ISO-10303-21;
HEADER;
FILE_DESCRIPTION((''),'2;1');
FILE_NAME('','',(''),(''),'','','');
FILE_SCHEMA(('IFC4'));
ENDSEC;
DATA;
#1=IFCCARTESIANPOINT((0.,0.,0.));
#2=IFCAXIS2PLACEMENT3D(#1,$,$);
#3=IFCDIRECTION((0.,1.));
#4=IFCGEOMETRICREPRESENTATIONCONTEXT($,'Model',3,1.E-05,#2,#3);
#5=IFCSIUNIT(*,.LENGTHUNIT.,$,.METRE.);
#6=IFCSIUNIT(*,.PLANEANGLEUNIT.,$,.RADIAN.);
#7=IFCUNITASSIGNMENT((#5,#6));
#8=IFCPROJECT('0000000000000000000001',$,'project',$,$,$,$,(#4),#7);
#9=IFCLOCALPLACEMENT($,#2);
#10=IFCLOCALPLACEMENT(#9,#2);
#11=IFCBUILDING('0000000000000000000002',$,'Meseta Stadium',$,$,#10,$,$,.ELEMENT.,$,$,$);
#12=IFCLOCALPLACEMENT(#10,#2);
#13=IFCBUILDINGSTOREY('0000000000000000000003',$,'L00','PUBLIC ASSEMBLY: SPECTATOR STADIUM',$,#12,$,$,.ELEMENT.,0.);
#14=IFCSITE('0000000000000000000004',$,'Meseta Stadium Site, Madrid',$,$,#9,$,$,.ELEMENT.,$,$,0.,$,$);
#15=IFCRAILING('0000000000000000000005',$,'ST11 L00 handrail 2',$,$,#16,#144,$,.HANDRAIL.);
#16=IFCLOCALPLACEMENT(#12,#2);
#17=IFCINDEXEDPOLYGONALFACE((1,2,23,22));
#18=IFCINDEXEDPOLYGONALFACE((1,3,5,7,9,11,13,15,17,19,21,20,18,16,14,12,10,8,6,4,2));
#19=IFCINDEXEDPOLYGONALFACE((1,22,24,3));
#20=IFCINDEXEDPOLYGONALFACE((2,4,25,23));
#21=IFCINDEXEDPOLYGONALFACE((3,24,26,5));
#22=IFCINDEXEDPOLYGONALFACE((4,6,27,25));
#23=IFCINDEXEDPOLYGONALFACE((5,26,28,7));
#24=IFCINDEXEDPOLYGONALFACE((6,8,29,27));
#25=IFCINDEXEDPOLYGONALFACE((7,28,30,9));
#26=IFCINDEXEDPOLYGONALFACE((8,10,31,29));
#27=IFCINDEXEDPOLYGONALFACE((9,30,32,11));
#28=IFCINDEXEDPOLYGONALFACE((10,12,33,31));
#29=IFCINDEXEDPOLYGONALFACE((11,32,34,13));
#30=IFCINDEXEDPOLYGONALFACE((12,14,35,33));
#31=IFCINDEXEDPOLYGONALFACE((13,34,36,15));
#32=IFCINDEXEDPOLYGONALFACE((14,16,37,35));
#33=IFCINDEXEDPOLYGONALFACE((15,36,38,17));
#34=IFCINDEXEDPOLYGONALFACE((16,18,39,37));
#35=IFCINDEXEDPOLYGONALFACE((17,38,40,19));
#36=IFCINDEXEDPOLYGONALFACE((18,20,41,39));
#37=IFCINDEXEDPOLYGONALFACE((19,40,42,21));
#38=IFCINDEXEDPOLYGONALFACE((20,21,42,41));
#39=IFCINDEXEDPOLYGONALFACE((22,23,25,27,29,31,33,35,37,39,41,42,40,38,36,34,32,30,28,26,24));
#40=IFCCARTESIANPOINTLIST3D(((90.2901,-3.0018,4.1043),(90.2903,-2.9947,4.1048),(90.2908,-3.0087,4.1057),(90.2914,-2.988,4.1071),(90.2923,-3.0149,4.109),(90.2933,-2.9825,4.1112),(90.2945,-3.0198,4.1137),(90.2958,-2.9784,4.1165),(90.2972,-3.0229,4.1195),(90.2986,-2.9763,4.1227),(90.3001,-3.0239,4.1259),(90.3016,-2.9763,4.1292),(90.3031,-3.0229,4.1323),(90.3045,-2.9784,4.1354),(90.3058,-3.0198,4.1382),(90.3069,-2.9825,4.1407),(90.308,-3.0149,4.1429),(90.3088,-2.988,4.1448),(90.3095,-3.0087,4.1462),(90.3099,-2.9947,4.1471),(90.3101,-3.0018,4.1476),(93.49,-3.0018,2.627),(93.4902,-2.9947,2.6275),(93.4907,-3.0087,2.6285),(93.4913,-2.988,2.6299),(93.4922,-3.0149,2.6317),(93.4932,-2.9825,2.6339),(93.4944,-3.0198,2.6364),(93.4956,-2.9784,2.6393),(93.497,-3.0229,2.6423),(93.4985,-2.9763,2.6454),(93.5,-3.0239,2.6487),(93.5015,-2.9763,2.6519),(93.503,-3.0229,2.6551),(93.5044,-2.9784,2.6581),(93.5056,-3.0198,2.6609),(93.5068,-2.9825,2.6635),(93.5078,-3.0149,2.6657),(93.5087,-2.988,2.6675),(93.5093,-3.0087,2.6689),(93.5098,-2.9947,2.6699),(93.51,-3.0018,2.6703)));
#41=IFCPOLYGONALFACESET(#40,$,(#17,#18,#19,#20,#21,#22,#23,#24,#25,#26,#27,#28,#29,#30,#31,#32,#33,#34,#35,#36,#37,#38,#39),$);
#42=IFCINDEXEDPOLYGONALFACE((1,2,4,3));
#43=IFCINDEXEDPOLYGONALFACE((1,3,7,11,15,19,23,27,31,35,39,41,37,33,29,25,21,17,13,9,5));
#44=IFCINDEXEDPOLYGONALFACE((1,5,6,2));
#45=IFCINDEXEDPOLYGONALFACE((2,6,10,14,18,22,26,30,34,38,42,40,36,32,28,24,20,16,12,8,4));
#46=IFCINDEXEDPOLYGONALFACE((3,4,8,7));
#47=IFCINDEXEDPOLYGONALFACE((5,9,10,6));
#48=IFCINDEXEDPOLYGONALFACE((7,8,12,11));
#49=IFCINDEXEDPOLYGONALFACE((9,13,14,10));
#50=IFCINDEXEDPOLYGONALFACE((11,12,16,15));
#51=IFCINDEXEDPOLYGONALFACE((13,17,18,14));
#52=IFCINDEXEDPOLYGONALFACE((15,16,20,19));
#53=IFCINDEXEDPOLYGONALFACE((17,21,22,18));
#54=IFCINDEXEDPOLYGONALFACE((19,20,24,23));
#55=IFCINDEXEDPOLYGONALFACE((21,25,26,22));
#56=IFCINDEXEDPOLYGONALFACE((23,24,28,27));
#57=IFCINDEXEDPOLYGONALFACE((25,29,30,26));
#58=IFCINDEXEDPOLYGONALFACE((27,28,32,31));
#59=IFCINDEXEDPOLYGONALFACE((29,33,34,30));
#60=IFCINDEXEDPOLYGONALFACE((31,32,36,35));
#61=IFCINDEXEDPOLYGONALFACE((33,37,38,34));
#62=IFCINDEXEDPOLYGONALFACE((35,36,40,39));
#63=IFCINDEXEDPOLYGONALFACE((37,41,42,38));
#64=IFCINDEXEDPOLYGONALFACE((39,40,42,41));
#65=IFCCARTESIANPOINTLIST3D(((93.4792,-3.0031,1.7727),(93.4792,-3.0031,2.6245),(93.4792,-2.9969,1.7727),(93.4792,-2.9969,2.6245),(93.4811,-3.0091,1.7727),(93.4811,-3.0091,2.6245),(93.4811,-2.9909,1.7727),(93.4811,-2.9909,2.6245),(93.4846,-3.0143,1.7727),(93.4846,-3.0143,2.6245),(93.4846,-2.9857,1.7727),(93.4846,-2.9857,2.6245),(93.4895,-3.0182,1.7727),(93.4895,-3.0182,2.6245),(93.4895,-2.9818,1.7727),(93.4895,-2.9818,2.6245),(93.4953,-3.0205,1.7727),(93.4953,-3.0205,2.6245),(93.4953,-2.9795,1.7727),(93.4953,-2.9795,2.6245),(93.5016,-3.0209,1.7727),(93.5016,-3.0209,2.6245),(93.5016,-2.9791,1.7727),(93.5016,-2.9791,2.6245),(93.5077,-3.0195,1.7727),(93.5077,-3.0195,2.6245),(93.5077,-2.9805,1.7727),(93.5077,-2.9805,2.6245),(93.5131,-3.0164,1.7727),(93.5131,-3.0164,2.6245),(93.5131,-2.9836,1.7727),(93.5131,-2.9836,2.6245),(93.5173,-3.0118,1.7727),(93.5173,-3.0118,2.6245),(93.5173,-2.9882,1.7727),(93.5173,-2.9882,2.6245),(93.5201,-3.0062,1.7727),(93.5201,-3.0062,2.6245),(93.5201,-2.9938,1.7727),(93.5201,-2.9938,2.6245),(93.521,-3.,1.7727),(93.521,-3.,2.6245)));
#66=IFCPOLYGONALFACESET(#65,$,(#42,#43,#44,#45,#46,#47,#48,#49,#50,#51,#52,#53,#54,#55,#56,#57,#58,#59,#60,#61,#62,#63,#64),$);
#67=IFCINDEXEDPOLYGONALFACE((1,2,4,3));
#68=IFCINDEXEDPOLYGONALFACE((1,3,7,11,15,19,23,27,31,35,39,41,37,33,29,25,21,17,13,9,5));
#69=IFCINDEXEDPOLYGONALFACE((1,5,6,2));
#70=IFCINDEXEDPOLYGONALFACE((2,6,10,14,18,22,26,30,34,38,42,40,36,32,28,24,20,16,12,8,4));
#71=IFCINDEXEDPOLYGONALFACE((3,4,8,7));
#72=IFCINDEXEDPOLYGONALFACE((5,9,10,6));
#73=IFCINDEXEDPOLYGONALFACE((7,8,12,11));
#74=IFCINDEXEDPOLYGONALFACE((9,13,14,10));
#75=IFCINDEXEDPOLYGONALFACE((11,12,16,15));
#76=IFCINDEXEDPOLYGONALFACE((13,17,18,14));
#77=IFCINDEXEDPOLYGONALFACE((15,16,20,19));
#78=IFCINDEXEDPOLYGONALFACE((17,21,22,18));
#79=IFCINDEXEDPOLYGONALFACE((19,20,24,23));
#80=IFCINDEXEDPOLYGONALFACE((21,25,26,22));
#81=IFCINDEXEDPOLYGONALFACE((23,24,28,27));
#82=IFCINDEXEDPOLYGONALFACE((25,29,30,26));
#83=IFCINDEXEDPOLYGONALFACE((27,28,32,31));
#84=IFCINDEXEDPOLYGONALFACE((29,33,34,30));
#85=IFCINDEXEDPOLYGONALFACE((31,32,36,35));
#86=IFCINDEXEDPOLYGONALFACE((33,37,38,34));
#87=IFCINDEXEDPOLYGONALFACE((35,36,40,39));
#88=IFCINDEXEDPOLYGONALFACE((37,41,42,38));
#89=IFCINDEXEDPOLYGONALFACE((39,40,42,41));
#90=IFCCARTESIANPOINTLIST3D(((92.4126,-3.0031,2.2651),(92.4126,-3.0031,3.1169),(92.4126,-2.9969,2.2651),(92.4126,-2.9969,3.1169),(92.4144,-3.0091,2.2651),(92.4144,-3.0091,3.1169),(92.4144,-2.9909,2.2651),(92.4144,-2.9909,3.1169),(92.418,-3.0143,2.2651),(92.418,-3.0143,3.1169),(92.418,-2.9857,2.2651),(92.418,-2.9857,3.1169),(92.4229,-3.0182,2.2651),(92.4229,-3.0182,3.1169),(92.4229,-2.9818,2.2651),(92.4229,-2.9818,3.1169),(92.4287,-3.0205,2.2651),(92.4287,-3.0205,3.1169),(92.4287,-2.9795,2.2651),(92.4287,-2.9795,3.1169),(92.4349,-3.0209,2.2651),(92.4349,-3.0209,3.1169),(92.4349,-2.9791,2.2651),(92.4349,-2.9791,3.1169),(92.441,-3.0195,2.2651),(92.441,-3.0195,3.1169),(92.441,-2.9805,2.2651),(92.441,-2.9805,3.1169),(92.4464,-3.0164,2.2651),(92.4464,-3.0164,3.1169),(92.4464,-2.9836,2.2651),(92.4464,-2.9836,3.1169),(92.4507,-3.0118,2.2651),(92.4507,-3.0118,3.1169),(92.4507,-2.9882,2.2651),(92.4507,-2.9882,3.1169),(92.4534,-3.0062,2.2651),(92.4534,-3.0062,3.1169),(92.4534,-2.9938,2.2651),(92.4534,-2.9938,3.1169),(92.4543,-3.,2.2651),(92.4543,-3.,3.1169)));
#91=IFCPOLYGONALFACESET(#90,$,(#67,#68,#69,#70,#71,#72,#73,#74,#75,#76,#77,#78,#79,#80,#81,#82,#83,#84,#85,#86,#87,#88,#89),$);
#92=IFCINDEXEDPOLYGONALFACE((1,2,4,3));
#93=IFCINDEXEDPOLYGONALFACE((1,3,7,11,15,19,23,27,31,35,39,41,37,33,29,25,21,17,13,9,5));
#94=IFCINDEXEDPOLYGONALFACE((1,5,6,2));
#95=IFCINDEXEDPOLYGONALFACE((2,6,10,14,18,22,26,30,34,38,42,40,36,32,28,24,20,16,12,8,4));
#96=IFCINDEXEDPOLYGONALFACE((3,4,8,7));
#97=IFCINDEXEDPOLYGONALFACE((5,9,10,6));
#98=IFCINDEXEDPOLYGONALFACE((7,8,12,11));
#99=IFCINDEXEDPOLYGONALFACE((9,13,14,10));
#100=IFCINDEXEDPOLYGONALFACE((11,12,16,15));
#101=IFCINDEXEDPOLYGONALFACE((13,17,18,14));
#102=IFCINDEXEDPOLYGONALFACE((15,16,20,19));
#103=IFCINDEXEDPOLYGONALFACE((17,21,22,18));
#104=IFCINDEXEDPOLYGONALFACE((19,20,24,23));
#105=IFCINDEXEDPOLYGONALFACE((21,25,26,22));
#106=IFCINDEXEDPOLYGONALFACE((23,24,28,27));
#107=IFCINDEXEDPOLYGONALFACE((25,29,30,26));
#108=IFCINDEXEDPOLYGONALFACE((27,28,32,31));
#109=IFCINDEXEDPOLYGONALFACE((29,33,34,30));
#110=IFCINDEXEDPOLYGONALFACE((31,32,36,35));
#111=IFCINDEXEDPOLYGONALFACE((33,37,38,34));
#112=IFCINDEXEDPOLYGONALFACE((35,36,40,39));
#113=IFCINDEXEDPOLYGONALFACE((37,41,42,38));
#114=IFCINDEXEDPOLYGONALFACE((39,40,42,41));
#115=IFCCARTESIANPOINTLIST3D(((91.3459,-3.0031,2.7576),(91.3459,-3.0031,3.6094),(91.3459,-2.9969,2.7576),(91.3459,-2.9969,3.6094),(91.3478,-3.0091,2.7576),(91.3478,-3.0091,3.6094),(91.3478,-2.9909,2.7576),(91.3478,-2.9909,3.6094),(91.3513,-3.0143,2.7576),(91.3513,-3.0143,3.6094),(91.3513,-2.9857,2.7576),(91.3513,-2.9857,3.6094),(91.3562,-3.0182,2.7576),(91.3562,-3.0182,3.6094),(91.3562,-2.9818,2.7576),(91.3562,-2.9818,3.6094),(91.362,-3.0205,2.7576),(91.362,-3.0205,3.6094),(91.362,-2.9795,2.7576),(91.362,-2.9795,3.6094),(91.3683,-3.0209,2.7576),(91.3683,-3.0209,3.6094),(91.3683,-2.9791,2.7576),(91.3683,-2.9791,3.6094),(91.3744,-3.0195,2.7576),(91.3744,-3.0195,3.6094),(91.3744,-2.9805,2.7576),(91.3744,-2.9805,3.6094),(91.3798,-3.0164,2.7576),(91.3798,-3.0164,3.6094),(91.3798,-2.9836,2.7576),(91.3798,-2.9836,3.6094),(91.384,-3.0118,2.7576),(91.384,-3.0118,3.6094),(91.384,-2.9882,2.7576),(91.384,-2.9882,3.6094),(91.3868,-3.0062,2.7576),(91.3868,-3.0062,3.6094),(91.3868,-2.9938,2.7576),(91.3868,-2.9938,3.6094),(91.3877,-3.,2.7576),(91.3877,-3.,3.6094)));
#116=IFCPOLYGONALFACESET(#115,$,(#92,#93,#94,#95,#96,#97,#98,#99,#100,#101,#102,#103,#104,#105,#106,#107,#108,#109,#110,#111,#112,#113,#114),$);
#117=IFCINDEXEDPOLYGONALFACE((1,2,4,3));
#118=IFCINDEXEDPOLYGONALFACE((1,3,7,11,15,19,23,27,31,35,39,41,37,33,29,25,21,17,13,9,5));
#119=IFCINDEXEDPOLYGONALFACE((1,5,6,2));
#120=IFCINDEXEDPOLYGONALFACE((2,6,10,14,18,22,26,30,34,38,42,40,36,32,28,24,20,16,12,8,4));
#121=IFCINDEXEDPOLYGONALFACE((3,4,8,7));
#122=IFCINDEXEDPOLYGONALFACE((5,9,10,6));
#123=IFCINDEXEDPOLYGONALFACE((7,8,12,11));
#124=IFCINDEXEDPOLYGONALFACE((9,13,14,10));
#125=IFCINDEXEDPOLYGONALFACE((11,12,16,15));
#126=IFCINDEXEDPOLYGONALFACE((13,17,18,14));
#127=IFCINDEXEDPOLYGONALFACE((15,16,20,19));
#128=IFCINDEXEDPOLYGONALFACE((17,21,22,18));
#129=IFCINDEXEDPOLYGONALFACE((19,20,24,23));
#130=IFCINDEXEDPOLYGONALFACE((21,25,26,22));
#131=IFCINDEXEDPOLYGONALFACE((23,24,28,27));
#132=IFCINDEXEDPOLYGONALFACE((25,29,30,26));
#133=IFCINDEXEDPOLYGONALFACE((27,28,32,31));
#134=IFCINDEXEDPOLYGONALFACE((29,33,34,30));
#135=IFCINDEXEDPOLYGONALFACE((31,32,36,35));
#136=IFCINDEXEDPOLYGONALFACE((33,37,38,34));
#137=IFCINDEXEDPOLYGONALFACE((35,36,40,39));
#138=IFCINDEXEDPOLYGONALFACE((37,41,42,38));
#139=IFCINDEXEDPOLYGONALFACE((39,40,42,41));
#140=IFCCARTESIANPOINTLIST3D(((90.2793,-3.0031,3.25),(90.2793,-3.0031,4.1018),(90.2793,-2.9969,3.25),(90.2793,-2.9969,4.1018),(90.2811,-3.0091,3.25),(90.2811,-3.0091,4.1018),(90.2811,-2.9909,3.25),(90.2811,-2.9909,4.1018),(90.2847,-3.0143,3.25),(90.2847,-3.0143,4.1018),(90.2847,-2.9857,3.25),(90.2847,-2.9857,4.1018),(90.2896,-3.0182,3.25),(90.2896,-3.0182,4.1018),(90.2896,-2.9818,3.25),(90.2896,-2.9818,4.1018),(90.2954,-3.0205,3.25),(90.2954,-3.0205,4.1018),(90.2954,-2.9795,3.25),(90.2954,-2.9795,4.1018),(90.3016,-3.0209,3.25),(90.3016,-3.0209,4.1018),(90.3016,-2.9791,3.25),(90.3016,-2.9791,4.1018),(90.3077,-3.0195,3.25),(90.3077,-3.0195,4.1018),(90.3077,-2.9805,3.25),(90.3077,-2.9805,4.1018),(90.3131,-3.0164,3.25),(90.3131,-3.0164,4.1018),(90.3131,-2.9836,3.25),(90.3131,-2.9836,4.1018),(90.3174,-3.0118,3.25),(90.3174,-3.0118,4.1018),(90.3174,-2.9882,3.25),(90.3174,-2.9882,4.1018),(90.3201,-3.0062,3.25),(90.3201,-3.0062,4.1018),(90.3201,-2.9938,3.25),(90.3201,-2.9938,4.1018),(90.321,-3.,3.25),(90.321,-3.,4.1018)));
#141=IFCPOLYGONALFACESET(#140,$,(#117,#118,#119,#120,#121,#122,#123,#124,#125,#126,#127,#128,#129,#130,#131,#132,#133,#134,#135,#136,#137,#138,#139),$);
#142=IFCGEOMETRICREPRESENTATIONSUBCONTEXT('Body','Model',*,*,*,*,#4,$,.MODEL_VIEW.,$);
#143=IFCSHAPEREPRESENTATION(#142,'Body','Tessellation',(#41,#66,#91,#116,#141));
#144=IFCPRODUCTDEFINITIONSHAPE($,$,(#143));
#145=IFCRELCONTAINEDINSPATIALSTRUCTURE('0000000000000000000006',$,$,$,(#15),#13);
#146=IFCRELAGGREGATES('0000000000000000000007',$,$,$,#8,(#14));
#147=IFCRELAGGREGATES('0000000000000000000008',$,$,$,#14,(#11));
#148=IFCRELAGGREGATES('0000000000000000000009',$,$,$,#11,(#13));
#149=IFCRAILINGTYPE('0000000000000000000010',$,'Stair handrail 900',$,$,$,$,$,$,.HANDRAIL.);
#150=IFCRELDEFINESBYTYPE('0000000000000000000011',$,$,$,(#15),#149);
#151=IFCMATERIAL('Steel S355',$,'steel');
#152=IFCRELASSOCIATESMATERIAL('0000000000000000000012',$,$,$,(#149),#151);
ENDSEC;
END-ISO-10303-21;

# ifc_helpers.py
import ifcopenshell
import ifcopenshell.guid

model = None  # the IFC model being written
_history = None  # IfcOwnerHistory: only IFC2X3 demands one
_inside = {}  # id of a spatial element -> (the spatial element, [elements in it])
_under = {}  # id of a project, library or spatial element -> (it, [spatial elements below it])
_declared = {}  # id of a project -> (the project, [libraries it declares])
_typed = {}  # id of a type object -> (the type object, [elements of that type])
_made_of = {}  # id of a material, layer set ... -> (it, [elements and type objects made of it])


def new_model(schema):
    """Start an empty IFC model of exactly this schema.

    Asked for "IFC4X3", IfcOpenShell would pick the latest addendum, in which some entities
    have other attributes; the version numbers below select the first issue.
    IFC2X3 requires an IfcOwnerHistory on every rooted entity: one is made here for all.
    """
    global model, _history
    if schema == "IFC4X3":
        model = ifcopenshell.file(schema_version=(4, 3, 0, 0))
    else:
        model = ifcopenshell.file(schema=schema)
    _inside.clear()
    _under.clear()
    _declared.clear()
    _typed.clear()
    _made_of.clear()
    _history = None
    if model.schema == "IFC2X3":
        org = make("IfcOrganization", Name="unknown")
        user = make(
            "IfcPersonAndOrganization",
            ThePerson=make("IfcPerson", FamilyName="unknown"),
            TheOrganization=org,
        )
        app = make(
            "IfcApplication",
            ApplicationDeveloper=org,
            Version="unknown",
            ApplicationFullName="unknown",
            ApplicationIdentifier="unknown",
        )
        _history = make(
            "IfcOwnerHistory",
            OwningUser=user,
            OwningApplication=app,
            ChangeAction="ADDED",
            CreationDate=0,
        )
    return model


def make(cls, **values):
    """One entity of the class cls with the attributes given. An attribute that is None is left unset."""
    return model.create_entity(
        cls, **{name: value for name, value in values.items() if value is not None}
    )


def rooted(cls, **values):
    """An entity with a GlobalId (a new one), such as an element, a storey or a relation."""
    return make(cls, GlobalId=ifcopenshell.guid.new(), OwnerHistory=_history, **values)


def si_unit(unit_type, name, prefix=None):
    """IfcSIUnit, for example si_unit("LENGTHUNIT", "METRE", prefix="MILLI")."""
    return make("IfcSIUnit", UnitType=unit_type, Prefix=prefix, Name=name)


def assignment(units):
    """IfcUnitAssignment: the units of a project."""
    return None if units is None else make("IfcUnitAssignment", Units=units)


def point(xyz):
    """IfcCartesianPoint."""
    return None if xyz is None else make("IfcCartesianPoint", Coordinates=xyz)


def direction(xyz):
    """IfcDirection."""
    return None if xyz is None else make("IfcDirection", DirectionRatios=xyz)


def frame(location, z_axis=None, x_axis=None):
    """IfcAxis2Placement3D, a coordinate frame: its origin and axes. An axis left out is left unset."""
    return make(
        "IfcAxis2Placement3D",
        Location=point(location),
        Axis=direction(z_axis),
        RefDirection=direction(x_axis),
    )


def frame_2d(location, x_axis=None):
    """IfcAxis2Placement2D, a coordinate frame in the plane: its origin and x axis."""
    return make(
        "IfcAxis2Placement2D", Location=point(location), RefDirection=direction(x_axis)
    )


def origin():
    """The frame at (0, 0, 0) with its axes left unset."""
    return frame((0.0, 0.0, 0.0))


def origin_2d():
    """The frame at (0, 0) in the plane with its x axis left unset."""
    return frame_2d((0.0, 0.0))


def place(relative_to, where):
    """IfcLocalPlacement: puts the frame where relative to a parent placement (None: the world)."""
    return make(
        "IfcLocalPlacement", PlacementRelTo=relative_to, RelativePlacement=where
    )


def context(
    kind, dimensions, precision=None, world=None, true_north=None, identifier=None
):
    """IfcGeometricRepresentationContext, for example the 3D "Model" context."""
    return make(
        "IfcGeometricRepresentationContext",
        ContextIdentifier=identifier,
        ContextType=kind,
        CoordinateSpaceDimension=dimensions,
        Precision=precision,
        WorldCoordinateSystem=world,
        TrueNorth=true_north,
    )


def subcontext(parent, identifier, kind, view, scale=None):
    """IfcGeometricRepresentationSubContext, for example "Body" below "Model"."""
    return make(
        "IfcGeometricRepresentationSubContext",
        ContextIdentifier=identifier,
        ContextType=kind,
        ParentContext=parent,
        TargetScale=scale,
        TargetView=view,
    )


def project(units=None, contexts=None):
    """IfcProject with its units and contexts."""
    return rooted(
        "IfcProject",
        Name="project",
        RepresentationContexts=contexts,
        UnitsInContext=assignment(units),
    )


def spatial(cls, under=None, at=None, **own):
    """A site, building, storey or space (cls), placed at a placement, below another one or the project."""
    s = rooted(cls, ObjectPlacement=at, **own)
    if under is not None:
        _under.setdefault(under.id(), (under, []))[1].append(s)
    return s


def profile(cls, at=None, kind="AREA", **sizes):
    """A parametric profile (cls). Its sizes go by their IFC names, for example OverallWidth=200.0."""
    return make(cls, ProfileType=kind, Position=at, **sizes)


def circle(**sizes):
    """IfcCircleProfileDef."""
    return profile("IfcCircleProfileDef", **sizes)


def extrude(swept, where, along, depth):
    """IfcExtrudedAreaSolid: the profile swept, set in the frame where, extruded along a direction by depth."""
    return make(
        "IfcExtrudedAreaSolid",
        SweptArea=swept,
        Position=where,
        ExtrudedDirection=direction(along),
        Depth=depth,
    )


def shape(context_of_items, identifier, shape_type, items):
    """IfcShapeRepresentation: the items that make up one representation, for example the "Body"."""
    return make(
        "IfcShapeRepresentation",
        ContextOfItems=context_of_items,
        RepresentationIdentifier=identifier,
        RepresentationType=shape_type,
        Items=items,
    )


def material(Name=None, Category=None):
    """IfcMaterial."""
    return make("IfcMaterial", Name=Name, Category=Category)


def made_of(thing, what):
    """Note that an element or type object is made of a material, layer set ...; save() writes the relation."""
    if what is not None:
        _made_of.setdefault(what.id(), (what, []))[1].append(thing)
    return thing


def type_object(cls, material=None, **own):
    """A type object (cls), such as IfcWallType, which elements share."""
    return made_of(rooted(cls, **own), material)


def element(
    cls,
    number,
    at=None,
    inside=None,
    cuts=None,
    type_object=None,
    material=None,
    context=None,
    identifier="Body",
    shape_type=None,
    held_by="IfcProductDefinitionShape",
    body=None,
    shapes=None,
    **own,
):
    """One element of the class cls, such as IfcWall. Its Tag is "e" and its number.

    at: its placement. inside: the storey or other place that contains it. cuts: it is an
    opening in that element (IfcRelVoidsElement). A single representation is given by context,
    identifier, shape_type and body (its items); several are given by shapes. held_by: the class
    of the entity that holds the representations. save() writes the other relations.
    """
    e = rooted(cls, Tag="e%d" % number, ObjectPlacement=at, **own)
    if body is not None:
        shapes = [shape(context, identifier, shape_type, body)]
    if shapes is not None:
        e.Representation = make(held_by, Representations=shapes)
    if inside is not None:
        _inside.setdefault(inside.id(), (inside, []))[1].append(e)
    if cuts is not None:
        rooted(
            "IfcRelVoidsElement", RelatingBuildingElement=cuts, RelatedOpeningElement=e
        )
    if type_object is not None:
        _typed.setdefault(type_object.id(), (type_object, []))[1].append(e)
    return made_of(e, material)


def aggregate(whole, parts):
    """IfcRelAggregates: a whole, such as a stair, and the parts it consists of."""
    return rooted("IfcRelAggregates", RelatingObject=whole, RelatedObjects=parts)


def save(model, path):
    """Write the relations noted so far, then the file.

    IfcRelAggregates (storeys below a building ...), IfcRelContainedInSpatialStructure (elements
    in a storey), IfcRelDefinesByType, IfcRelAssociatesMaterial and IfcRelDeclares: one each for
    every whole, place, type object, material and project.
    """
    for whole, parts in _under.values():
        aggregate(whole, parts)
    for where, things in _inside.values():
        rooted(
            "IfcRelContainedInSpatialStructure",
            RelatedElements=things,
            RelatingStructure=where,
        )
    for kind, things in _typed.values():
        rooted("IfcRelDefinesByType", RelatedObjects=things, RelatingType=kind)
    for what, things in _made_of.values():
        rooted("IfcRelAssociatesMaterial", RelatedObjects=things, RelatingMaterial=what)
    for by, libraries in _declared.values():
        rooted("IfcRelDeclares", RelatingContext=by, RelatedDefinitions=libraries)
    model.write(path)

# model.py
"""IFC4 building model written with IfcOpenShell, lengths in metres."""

from ifc_helpers import new_model, si_unit, direction, frame, origin, origin_2d, place, context, subcontext, project, spatial, circle, extrude, material, type_object, element, save


model = new_model("IFC4")

# Units and contexts
model_context = context("Model", 3, precision=1e-05, world=origin(), true_north=direction((0.0, 1.0)))
body_context = subcontext(model_context, "Body", "Model", "MODEL_VIEW")
ifc_project = project(units=[si_unit("LENGTHUNIT", "METRE"), si_unit("PLANEANGLEUNIT", "RADIAN")], contexts=[model_context])

# Site, building, storey
site_placement = place(None, origin())
site = spatial("IfcSite", under=ifc_project, at=site_placement, Name="Meseta Stadium Site, Madrid", CompositionType="ELEMENT", RefElevation=0.0)
building_placement = place(site_placement, origin())
building = spatial("IfcBuilding", under=site, at=building_placement, Name="Meseta Stadium", CompositionType="ELEMENT")
storey_placement = place(building_placement, origin())
storey = spatial("IfcBuildingStorey", under=building, at=storey_placement, Name="L00", Description="PUBLIC ASSEMBLY: SPECTATOR STADIUM", CompositionType="ELEMENT", Elevation=0.0)

# Railing
ifc_material_1 = material(Name="Steel S355", Category="steel")
railing_type_1 = type_object("IfcRailingType", Name="Stair handrail 900", PredefinedType="HANDRAIL", material=ifc_material_1)
for number, where, name in (
    (1, (93.5, -3.0, 1.7727), "ST11 L00 handrail 2"),
):
    element("IfcRailing", number, at=place(storey_placement, frame(where)), inside=storey, type_object=railing_type_1, Name=name, PredefinedType="HANDRAIL", context=body_context, shape_type="SweptSolid", body=[
        extrude(circle(Radius=0.0239, at=origin_2d()), frame((0.0, 0.0, 0.876), z_axis=(-0.907917, 0.0, 0.41915), x_axis=(0.0, -1.0, 0.0)), (0.0, 0.0, 1.0), 3.5244),
        extrude(circle(Radius=0.021, at=origin_2d()), origin(), (0.0, 0.0, 1.0), 0.8518),
        extrude(circle(Radius=0.021, at=origin_2d()), frame((-1.0667, 0.0, 0.4924)), (0.0, 0.0, 1.0), 0.8518),
        extrude(circle(Radius=0.021, at=origin_2d()), frame((-2.1333, 0.0, 0.9849)), (0.0, 0.0, 1.0), 0.8518),
        extrude(circle(Radius=0.021, at=origin_2d()), frame((-3.2, 0.0, 1.4773)), (0.0, 0.0, 1.0), 0.8518),
    ])

save(model, "model.ifc")
